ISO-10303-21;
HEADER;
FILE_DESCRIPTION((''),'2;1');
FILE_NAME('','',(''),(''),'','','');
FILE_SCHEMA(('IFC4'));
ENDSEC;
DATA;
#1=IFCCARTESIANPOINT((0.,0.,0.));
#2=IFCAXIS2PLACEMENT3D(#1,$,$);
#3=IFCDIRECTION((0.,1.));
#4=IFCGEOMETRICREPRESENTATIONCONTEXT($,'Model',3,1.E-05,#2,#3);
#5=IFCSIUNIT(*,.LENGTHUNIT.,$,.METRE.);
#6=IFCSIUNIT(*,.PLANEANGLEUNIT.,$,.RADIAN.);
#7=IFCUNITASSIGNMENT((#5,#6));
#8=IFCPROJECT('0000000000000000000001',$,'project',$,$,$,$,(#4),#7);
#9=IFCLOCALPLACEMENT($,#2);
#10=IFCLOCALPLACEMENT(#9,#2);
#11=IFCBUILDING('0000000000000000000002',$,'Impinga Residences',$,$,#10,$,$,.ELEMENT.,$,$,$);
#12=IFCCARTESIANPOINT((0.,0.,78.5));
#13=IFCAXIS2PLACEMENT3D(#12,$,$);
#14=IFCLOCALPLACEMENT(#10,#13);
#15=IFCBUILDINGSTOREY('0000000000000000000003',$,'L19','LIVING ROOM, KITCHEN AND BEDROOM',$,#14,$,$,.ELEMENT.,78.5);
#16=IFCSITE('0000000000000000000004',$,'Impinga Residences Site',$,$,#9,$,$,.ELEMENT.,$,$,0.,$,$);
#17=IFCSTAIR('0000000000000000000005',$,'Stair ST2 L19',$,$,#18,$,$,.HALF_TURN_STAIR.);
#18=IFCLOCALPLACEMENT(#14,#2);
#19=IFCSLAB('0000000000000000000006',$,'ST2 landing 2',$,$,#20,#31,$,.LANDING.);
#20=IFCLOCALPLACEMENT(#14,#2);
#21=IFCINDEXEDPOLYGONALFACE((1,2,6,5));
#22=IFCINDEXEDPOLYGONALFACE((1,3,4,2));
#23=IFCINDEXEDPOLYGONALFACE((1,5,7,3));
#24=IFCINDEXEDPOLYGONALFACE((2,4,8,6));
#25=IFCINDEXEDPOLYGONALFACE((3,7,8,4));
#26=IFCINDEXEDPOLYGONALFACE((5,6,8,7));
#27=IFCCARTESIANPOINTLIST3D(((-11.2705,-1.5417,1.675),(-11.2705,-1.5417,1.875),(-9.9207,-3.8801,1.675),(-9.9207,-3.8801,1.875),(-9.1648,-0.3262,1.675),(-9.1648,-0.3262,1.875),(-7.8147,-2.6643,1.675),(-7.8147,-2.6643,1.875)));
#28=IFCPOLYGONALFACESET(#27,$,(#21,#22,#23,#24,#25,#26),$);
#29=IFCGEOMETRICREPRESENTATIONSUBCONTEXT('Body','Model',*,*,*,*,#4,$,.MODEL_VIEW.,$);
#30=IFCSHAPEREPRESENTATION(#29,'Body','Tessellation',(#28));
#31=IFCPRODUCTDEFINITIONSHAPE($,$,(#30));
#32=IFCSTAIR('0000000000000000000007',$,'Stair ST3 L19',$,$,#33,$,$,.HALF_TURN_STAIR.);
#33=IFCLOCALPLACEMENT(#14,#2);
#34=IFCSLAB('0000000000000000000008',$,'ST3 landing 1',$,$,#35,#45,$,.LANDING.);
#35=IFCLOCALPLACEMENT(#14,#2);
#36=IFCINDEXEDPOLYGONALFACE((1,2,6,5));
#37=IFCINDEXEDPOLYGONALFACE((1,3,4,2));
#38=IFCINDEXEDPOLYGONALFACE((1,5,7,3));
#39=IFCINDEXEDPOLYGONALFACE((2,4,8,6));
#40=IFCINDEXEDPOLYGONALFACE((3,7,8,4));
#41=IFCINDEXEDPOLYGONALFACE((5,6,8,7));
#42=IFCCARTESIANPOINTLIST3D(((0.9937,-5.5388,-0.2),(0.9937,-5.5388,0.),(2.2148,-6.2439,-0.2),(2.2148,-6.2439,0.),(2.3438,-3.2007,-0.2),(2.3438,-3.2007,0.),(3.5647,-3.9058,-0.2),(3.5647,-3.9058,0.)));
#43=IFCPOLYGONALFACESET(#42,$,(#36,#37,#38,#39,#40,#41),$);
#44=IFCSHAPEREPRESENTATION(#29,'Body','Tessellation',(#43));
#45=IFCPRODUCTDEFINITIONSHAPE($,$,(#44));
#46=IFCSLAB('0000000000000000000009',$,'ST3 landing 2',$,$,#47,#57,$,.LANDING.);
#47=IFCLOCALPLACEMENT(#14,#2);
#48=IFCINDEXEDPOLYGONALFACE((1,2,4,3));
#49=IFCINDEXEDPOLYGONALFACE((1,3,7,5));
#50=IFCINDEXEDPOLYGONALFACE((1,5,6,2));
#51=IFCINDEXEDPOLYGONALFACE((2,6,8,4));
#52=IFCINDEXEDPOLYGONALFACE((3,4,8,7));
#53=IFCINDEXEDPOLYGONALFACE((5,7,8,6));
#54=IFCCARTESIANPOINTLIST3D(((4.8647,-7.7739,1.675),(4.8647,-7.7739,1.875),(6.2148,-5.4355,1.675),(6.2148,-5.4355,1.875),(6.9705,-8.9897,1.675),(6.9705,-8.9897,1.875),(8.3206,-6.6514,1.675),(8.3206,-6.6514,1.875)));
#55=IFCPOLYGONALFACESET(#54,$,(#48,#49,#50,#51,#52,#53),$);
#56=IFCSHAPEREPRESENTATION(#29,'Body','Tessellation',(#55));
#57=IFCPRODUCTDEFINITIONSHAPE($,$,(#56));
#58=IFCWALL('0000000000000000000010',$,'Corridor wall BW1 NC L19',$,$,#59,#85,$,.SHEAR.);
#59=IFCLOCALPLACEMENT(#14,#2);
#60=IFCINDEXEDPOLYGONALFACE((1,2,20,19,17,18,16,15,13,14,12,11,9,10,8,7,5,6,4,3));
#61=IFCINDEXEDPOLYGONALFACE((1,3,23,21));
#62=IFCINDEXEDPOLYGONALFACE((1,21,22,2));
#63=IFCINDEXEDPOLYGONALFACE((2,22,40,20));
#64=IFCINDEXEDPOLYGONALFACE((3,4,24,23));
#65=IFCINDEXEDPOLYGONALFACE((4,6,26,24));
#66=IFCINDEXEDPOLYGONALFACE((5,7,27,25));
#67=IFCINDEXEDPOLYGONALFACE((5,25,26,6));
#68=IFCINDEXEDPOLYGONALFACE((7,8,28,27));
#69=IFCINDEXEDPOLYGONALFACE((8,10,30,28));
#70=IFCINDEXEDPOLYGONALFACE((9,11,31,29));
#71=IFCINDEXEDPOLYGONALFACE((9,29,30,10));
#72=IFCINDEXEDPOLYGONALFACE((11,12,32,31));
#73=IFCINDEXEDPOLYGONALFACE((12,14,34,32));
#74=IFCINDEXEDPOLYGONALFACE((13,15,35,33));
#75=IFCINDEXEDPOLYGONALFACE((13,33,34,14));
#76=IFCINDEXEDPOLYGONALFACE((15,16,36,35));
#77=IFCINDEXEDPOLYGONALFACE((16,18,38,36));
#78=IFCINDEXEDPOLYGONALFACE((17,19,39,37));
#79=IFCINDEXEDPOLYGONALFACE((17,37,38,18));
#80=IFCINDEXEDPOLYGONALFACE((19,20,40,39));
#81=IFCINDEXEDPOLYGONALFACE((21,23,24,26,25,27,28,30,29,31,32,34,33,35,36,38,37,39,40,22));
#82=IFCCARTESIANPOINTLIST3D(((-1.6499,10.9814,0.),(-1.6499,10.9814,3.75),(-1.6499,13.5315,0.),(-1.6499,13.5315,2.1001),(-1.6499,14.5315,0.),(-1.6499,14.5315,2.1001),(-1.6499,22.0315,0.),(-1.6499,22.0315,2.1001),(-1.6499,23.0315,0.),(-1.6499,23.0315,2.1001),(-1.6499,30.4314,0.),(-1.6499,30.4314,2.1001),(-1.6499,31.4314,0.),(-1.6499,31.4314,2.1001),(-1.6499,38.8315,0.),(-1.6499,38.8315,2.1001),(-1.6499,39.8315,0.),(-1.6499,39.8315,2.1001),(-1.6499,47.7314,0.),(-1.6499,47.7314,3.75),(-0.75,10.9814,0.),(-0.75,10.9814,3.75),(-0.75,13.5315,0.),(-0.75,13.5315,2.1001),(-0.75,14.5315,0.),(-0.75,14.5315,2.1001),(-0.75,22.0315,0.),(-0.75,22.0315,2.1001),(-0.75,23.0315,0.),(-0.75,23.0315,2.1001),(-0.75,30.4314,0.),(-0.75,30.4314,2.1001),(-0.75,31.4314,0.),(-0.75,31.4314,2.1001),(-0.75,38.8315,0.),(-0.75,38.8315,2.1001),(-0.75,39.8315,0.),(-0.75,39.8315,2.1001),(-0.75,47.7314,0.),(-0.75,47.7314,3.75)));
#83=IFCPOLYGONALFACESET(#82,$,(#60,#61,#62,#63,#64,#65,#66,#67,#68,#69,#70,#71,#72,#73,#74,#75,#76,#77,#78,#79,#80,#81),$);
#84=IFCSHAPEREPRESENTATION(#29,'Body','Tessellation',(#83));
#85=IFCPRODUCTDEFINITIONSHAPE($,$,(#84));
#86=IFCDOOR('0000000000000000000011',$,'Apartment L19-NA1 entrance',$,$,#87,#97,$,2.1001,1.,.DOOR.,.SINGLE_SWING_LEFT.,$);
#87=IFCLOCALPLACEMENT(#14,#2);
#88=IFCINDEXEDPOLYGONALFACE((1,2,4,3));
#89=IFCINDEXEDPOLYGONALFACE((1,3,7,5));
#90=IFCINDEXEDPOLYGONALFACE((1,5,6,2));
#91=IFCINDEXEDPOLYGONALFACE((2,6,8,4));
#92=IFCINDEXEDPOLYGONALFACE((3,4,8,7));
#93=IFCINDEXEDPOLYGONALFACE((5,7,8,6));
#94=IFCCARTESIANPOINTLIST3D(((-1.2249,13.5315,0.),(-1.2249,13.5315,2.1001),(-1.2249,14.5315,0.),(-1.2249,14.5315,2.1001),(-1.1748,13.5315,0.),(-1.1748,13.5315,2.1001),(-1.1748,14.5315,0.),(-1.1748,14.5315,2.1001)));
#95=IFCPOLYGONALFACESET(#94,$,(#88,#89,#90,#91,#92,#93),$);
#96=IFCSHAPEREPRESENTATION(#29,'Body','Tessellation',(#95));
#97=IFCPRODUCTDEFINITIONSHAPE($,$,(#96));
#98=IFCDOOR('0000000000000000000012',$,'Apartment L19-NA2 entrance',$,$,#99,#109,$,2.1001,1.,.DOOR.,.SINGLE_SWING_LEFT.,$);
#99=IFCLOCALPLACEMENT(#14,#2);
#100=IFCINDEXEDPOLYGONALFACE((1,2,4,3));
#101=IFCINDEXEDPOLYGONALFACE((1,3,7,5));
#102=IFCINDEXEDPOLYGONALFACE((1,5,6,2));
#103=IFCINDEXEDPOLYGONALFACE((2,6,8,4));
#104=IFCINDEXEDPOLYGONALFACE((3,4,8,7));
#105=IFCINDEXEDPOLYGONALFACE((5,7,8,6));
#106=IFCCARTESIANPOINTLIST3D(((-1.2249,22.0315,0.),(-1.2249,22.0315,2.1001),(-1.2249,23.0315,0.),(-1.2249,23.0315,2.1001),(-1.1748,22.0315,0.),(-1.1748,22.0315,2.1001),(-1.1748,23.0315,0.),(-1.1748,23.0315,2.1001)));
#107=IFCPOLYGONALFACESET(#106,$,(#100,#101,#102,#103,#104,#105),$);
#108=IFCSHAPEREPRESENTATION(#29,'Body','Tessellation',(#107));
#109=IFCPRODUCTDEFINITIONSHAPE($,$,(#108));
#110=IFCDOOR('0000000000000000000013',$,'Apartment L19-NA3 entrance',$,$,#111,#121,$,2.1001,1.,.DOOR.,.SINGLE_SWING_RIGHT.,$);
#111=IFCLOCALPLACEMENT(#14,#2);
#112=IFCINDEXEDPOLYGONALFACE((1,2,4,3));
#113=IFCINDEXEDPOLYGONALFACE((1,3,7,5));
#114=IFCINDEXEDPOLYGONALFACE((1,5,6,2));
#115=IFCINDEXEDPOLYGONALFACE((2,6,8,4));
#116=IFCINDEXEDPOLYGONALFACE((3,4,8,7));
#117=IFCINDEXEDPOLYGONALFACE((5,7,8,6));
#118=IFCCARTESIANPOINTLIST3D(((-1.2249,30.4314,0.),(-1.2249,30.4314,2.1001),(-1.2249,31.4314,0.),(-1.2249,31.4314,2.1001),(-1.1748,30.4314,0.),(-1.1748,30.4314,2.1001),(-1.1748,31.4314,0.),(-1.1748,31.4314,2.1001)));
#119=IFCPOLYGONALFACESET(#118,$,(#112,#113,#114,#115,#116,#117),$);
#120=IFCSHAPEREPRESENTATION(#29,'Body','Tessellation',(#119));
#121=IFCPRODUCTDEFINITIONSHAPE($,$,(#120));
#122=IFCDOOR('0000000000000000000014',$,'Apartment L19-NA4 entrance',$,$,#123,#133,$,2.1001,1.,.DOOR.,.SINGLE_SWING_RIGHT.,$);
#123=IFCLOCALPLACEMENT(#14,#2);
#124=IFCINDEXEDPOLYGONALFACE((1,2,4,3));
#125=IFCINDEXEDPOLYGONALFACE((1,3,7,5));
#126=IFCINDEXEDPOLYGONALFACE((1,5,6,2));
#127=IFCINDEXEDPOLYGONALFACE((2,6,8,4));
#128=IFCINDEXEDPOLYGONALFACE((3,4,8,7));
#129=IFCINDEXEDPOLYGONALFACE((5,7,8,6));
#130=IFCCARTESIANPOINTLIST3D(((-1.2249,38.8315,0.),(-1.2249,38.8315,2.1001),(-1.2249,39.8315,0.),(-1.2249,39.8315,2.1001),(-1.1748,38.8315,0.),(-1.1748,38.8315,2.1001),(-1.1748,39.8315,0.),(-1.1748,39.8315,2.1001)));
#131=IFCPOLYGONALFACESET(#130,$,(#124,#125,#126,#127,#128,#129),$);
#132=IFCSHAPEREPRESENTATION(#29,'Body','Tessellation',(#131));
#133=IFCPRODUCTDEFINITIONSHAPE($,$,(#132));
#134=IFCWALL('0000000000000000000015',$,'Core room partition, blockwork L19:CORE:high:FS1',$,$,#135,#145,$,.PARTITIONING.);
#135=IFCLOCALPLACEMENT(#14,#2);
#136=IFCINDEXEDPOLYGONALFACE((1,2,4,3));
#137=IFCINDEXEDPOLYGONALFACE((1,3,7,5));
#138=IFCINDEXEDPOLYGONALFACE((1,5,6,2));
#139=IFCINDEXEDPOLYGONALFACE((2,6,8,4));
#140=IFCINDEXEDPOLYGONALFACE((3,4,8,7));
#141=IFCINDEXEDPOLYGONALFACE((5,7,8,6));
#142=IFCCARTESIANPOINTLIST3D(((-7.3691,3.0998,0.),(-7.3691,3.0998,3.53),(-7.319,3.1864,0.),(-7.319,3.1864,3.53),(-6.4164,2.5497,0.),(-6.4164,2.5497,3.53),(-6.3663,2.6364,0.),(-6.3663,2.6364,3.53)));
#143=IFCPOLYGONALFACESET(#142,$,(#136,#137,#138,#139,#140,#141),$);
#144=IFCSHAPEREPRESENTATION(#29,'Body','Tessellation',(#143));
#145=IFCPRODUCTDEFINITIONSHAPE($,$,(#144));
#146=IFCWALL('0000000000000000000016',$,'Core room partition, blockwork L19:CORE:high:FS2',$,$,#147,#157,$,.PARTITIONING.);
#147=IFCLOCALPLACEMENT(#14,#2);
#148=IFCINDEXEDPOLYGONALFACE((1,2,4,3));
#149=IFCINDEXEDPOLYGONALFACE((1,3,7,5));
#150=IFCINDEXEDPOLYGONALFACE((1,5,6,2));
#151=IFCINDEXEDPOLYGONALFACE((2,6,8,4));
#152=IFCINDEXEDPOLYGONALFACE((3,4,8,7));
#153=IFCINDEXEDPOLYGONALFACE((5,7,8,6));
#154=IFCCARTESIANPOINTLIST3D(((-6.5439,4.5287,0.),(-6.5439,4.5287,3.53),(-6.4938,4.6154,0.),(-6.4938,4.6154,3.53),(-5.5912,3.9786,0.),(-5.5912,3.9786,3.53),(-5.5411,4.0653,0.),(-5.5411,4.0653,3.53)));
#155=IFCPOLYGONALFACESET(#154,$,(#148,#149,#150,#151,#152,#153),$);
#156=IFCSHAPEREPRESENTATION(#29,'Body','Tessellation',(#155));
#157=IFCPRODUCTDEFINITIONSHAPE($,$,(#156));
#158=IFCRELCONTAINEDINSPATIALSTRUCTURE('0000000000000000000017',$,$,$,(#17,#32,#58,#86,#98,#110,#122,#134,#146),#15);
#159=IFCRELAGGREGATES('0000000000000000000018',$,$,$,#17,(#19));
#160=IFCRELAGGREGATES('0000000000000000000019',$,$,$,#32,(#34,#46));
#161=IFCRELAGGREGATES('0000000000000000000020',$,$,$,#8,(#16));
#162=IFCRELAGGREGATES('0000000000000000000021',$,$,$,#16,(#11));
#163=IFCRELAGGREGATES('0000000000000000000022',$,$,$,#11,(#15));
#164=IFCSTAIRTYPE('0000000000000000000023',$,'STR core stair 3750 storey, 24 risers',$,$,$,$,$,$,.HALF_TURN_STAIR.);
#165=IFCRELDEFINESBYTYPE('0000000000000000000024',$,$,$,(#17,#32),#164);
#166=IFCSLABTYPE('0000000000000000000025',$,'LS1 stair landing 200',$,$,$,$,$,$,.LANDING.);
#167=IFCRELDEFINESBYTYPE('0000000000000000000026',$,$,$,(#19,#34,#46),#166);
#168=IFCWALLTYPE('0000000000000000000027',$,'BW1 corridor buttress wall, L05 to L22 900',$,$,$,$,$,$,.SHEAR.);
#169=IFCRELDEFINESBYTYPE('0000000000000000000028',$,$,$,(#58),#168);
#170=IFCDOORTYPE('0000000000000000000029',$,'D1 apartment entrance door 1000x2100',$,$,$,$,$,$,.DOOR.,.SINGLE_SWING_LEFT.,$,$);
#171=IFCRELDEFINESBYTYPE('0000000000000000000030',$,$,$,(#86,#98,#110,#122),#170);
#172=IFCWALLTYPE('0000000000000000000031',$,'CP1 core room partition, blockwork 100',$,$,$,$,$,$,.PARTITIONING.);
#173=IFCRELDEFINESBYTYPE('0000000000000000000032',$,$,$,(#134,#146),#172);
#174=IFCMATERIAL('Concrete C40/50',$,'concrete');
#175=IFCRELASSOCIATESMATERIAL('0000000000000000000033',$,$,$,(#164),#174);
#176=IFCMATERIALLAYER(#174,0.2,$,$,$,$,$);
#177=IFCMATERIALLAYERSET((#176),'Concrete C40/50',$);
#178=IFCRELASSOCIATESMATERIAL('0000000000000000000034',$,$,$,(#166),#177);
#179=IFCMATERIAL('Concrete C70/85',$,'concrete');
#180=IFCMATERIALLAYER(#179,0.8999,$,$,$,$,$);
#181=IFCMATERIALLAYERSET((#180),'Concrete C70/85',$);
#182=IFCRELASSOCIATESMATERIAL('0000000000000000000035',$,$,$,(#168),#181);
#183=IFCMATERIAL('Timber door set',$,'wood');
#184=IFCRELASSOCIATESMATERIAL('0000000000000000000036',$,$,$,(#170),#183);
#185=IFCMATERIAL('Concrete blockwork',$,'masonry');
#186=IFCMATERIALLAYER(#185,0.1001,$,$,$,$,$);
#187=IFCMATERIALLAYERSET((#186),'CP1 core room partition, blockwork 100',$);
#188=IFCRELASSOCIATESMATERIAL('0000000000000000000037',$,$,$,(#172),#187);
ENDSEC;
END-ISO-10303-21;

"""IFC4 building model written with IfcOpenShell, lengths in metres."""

from ifc_helpers import new_model, si_unit, direction, frame, frame_2d, origin, place, context, subcontext, project, spatial, polyline, rectangle, outline, extrude, material, layer, layer_set, type_object, element, fill, aggregate, save


model = new_model("IFC4")

# Units and contexts
model_context = context("Model", 3, precision=1e-05, world=origin(), true_north=direction((0.0, 1.0)))
body_context = subcontext(model_context, "Body", "Model", "MODEL_VIEW")
ifc_project = project(units=[si_unit("LENGTHUNIT", "METRE"), si_unit("PLANEANGLEUNIT", "RADIAN")], contexts=[model_context])

# Site, building, storey
site_placement = place(None, origin())
site = spatial("IfcSite", under=ifc_project, at=site_placement, Name="Impinga Residences Site", CompositionType="ELEMENT", RefElevation=0.0)
building_placement = place(site_placement, origin())
building = spatial("IfcBuilding", under=site, at=building_placement, Name="Impinga Residences", CompositionType="ELEMENT")
storey_placement = place(building_placement, frame((0.0, 0.0, 78.5)))
storey = spatial("IfcBuildingStorey", under=building, at=storey_placement, Name="L19", Description="LIVING ROOM, KITCHEN AND BEDROOM", CompositionType="ELEMENT", Elevation=78.5)

# Stair, slab
ifc_material_1 = material(Name="Concrete C40/50", Category="concrete")
stair_type = type_object("IfcStairType", Name="STR core stair 3750 storey, 24 risers", PredefinedType="HALF_TURN_STAIR", material=ifc_material_1)
stair_1_placement = place(storey_placement, origin())
stair_1 = element("IfcStair", 1, at=stair_1_placement, inside=storey, type_object=stair_type, Name="Stair ST2 L19", PredefinedType="HALF_TURN_STAIR")
ifc_layer_1 = layer(ifc_material_1, 0.2)
ifc_layer_set_1 = layer_set([ifc_layer_1], Name="Concrete C40/50")
slab_type = type_object("IfcSlabType", Name="LS1 stair landing 200", PredefinedType="LANDING", material=ifc_layer_set_1)
slab_1_placement = place(storey_placement, frame((0.0, 0.0, 1.675)))
slab_1 = element("IfcSlab", 2, at=slab_1_placement, type_object=slab_type, Name="ST2 landing 2", PredefinedType="LANDING", context=body_context, shape_type="SweptSolid", body=[
    extrude(outline(polyline([(-7.8147, -2.6643), (-9.1648, -0.3262), (-11.2705, -1.5417), (-9.9207, -3.8801), (-7.8147, -2.6643)])), origin(), (0.0, 0.0, 1.0), 0.2),
])
aggregate(stair_1, [slab_1])

# Stair, slabs
stair_2_placement = place(storey_placement, origin())
stair_2 = element("IfcStair", 3, at=stair_2_placement, inside=storey, type_object=stair_type, Name="Stair ST3 L19", PredefinedType="HALF_TURN_STAIR")
slab_2_placement = place(storey_placement, frame((0.0, 0.0, -0.2)))
slab_2 = element("IfcSlab", 4, at=slab_2_placement, type_object=slab_type, Name="ST3 landing 1", PredefinedType="LANDING", context=body_context, shape_type="SweptSolid", body=[
    extrude(outline(polyline([(2.3438, -3.2007), (0.9937, -5.5388), (2.2148, -6.2439), (3.5647, -3.9058), (2.3438, -3.2007)])), origin(), (0.0, 0.0, 1.0), 0.2),
])
slab_3_placement = place(storey_placement, frame((0.0, 0.0, 1.675)))
slab_3 = element("IfcSlab", 5, at=slab_3_placement, type_object=slab_type, Name="ST3 landing 2", PredefinedType="LANDING", context=body_context, shape_type="SweptSolid", body=[
    extrude(outline(polyline([(6.2148, -5.4355), (4.8647, -7.7739), (6.9705, -8.9897), (8.3206, -6.6514), (6.2148, -5.4355)])), origin(), (0.0, 0.0, 1.0), 0.2),
])
aggregate(stair_2, [slab_2, slab_3])

# Wall, openings, doors
ifc_material_2 = material(Name="Concrete C70/85", Category="concrete")
ifc_layer_2 = layer(ifc_material_2, 0.8999)
ifc_layer_set_2 = layer_set([ifc_layer_2], Name="Concrete C70/85")
wall_type_1 = type_object("IfcWallType", Name="BW1 corridor buttress wall, L05 to L22 900", PredefinedType="SHEAR", material=ifc_layer_set_2)
wall_1_placement = place(storey_placement, frame((-1.2, 10.9814, 0.0), z_axis=(0.0, 0.0, 1.0), x_axis=(0.0, 1.0, 0.0)))
wall_1 = element("IfcWall", 6, at=wall_1_placement, inside=storey, type_object=wall_type_1, Name="Corridor wall BW1 NC L19", PredefinedType="SHEAR", context=body_context, shape_type="SweptSolid", body=[
    extrude(rectangle(XDim=36.75, YDim=0.8999, at=frame_2d((18.375, 0.0))), origin(), (0.0, 0.0, 1.0), 3.75),
])
opening_1_placement = place(wall_1_placement, frame((2.55, 0.0, 0.0)))
opening_1 = element("IfcOpeningElement", 7, at=opening_1_placement, cuts=wall_1, PredefinedType="OPENING", context=body_context, shape_type="SweptSolid", body=[
    extrude(rectangle(XDim=1.0, YDim=2.1001, at=frame_2d((0.5, 1.05))), frame((0.0, 0.46, 0.0), z_axis=(0.0, -1.0, 0.0), x_axis=(1.0, 0.0, 0.0)), (0.0, 0.0, 1.0), 0.9199),
])
opening_2_placement = place(wall_1_placement, frame((11.05, 0.0, 0.0)))
opening_2 = element("IfcOpeningElement", 8, at=opening_2_placement, cuts=wall_1, PredefinedType="OPENING", context=body_context, shape_type="SweptSolid", body=[
    extrude(rectangle(XDim=1.0, YDim=2.1001, at=frame_2d((0.5, 1.05))), frame((0.0, 0.46, 0.0), z_axis=(0.0, -1.0, 0.0), x_axis=(1.0, 0.0, 0.0)), (0.0, 0.0, 1.0), 0.9199),
])
opening_3_placement = place(wall_1_placement, frame((19.45, 0.0, 0.0)))
opening_3 = element("IfcOpeningElement", 9, at=opening_3_placement, cuts=wall_1, PredefinedType="OPENING", context=body_context, shape_type="SweptSolid", body=[
    extrude(rectangle(XDim=1.0, YDim=2.1001, at=frame_2d((0.5, 1.05))), frame((0.0, 0.46, 0.0), z_axis=(0.0, -1.0, 0.0), x_axis=(1.0, 0.0, 0.0)), (0.0, 0.0, 1.0), 0.9199),
])
opening_4_placement = place(wall_1_placement, frame((27.8501, 0.0, 0.0)))
opening_4 = element("IfcOpeningElement", 10, at=opening_4_placement, cuts=wall_1, PredefinedType="OPENING", context=body_context, shape_type="SweptSolid", body=[
    extrude(rectangle(XDim=1.0, YDim=2.1001, at=frame_2d((0.5, 1.05))), frame((0.0, 0.46, 0.0), z_axis=(0.0, -1.0, 0.0), x_axis=(1.0, 0.0, 0.0)), (0.0, 0.0, 1.0), 0.9199),
])
ifc_material_3 = material(Name="Timber door set", Category="wood")
door_type_1 = type_object("IfcDoorType", Name="D1 apartment entrance door 1000x2100", OperationType="SINGLE_SWING_LEFT", PredefinedType="DOOR", material=ifc_material_3)
door_1_placement = place(opening_1_placement, origin())
door_1 = element("IfcDoor", 11, at=door_1_placement, inside=storey, type_object=door_type_1, Name="Apartment L19-NA1 entrance", OperationType="SINGLE_SWING_LEFT", OverallHeight=2.1001, OverallWidth=1.0, PredefinedType="DOOR", context=body_context, shape_type="SweptSolid", body=[
    extrude(rectangle(XDim=1.0, YDim=2.1001, at=frame_2d((0.5, 1.05))), frame((0.0, 0.0249, 0.0), z_axis=(0.0, -1.0, 0.0), x_axis=(1.0, 0.0, 0.0)), (0.0, 0.0, 1.0), 0.05),
])
fill(opening_1, door_1)
door_2_placement = place(opening_2_placement, origin())
door_2 = element("IfcDoor", 12, at=door_2_placement, inside=storey, type_object=door_type_1, Name="Apartment L19-NA2 entrance", OperationType="SINGLE_SWING_LEFT", OverallHeight=2.1001, OverallWidth=1.0, PredefinedType="DOOR", context=body_context, shape_type="SweptSolid", body=[
    extrude(rectangle(XDim=1.0, YDim=2.1001, at=frame_2d((0.5, 1.05))), frame((0.0, 0.0249, 0.0), z_axis=(0.0, -1.0, 0.0), x_axis=(1.0, 0.0, 0.0)), (0.0, 0.0, 1.0), 0.05),
])
fill(opening_2, door_2)
door_3_placement = place(opening_3_placement, origin())
door_3 = element("IfcDoor", 13, at=door_3_placement, inside=storey, type_object=door_type_1, Name="Apartment L19-NA3 entrance", OperationType="SINGLE_SWING_RIGHT", OverallHeight=2.1001, OverallWidth=1.0, PredefinedType="DOOR", context=body_context, shape_type="SweptSolid", body=[
    extrude(rectangle(XDim=1.0, YDim=2.1001, at=frame_2d((0.5, 1.05))), frame((0.0, 0.0249, 0.0), z_axis=(0.0, -1.0, 0.0), x_axis=(1.0, 0.0, 0.0)), (0.0, 0.0, 1.0), 0.05),
])
fill(opening_3, door_3)
door_4_placement = place(opening_4_placement, origin())
door_4 = element("IfcDoor", 14, at=door_4_placement, inside=storey, type_object=door_type_1, Name="Apartment L19-NA4 entrance", OperationType="SINGLE_SWING_RIGHT", OverallHeight=2.1001, OverallWidth=1.0, PredefinedType="DOOR", context=body_context, shape_type="SweptSolid", body=[
    extrude(rectangle(XDim=1.0, YDim=2.1001, at=frame_2d((0.5, 1.05))), frame((0.0, 0.0249, 0.0), z_axis=(0.0, -1.0, 0.0), x_axis=(1.0, 0.0, 0.0)), (0.0, 0.0, 1.0), 0.05),
])
fill(opening_4, door_4)

# Walls
ifc_material_4 = material(Name="Concrete blockwork", Category="masonry")
ifc_layer_3 = layer(ifc_material_4, 0.1001)
ifc_layer_set_3 = layer_set([ifc_layer_3], Name="CP1 core room partition, blockwork 100")
wall_type_2 = type_object("IfcWallType", Name="CP1 core room partition, blockwork 100", PredefinedType="PARTITIONING", material=ifc_layer_set_3)
for number, where, z_axis, x_axis, name in (
    (15, (-6.3914, 2.593, 0.0), (0.0, 0.0, 1.0), (-0.866008, 0.50003, 0.0), "Core room partition, blockwork L19:CORE:high:FS1"),
    (16, (-5.5662, 4.022, 0.0), (0.0, 0.0, 1.0), (-0.866008, 0.50003, 0.0), "Core room partition, blockwork L19:CORE:high:FS2"),
):
    element("IfcWall", number, at=place(storey_placement, frame(where, z_axis=z_axis, x_axis=x_axis)), inside=storey, type_object=wall_type_2, Name=name, PredefinedType="PARTITIONING", context=body_context, shape_type="SweptSolid", body=[
        extrude(rectangle(XDim=1.1001, YDim=0.1001, at=frame_2d((0.55, 0.0))), origin(), (0.0, 0.0, 1.0), 3.53),
    ])

save(model, "model.ifc")
